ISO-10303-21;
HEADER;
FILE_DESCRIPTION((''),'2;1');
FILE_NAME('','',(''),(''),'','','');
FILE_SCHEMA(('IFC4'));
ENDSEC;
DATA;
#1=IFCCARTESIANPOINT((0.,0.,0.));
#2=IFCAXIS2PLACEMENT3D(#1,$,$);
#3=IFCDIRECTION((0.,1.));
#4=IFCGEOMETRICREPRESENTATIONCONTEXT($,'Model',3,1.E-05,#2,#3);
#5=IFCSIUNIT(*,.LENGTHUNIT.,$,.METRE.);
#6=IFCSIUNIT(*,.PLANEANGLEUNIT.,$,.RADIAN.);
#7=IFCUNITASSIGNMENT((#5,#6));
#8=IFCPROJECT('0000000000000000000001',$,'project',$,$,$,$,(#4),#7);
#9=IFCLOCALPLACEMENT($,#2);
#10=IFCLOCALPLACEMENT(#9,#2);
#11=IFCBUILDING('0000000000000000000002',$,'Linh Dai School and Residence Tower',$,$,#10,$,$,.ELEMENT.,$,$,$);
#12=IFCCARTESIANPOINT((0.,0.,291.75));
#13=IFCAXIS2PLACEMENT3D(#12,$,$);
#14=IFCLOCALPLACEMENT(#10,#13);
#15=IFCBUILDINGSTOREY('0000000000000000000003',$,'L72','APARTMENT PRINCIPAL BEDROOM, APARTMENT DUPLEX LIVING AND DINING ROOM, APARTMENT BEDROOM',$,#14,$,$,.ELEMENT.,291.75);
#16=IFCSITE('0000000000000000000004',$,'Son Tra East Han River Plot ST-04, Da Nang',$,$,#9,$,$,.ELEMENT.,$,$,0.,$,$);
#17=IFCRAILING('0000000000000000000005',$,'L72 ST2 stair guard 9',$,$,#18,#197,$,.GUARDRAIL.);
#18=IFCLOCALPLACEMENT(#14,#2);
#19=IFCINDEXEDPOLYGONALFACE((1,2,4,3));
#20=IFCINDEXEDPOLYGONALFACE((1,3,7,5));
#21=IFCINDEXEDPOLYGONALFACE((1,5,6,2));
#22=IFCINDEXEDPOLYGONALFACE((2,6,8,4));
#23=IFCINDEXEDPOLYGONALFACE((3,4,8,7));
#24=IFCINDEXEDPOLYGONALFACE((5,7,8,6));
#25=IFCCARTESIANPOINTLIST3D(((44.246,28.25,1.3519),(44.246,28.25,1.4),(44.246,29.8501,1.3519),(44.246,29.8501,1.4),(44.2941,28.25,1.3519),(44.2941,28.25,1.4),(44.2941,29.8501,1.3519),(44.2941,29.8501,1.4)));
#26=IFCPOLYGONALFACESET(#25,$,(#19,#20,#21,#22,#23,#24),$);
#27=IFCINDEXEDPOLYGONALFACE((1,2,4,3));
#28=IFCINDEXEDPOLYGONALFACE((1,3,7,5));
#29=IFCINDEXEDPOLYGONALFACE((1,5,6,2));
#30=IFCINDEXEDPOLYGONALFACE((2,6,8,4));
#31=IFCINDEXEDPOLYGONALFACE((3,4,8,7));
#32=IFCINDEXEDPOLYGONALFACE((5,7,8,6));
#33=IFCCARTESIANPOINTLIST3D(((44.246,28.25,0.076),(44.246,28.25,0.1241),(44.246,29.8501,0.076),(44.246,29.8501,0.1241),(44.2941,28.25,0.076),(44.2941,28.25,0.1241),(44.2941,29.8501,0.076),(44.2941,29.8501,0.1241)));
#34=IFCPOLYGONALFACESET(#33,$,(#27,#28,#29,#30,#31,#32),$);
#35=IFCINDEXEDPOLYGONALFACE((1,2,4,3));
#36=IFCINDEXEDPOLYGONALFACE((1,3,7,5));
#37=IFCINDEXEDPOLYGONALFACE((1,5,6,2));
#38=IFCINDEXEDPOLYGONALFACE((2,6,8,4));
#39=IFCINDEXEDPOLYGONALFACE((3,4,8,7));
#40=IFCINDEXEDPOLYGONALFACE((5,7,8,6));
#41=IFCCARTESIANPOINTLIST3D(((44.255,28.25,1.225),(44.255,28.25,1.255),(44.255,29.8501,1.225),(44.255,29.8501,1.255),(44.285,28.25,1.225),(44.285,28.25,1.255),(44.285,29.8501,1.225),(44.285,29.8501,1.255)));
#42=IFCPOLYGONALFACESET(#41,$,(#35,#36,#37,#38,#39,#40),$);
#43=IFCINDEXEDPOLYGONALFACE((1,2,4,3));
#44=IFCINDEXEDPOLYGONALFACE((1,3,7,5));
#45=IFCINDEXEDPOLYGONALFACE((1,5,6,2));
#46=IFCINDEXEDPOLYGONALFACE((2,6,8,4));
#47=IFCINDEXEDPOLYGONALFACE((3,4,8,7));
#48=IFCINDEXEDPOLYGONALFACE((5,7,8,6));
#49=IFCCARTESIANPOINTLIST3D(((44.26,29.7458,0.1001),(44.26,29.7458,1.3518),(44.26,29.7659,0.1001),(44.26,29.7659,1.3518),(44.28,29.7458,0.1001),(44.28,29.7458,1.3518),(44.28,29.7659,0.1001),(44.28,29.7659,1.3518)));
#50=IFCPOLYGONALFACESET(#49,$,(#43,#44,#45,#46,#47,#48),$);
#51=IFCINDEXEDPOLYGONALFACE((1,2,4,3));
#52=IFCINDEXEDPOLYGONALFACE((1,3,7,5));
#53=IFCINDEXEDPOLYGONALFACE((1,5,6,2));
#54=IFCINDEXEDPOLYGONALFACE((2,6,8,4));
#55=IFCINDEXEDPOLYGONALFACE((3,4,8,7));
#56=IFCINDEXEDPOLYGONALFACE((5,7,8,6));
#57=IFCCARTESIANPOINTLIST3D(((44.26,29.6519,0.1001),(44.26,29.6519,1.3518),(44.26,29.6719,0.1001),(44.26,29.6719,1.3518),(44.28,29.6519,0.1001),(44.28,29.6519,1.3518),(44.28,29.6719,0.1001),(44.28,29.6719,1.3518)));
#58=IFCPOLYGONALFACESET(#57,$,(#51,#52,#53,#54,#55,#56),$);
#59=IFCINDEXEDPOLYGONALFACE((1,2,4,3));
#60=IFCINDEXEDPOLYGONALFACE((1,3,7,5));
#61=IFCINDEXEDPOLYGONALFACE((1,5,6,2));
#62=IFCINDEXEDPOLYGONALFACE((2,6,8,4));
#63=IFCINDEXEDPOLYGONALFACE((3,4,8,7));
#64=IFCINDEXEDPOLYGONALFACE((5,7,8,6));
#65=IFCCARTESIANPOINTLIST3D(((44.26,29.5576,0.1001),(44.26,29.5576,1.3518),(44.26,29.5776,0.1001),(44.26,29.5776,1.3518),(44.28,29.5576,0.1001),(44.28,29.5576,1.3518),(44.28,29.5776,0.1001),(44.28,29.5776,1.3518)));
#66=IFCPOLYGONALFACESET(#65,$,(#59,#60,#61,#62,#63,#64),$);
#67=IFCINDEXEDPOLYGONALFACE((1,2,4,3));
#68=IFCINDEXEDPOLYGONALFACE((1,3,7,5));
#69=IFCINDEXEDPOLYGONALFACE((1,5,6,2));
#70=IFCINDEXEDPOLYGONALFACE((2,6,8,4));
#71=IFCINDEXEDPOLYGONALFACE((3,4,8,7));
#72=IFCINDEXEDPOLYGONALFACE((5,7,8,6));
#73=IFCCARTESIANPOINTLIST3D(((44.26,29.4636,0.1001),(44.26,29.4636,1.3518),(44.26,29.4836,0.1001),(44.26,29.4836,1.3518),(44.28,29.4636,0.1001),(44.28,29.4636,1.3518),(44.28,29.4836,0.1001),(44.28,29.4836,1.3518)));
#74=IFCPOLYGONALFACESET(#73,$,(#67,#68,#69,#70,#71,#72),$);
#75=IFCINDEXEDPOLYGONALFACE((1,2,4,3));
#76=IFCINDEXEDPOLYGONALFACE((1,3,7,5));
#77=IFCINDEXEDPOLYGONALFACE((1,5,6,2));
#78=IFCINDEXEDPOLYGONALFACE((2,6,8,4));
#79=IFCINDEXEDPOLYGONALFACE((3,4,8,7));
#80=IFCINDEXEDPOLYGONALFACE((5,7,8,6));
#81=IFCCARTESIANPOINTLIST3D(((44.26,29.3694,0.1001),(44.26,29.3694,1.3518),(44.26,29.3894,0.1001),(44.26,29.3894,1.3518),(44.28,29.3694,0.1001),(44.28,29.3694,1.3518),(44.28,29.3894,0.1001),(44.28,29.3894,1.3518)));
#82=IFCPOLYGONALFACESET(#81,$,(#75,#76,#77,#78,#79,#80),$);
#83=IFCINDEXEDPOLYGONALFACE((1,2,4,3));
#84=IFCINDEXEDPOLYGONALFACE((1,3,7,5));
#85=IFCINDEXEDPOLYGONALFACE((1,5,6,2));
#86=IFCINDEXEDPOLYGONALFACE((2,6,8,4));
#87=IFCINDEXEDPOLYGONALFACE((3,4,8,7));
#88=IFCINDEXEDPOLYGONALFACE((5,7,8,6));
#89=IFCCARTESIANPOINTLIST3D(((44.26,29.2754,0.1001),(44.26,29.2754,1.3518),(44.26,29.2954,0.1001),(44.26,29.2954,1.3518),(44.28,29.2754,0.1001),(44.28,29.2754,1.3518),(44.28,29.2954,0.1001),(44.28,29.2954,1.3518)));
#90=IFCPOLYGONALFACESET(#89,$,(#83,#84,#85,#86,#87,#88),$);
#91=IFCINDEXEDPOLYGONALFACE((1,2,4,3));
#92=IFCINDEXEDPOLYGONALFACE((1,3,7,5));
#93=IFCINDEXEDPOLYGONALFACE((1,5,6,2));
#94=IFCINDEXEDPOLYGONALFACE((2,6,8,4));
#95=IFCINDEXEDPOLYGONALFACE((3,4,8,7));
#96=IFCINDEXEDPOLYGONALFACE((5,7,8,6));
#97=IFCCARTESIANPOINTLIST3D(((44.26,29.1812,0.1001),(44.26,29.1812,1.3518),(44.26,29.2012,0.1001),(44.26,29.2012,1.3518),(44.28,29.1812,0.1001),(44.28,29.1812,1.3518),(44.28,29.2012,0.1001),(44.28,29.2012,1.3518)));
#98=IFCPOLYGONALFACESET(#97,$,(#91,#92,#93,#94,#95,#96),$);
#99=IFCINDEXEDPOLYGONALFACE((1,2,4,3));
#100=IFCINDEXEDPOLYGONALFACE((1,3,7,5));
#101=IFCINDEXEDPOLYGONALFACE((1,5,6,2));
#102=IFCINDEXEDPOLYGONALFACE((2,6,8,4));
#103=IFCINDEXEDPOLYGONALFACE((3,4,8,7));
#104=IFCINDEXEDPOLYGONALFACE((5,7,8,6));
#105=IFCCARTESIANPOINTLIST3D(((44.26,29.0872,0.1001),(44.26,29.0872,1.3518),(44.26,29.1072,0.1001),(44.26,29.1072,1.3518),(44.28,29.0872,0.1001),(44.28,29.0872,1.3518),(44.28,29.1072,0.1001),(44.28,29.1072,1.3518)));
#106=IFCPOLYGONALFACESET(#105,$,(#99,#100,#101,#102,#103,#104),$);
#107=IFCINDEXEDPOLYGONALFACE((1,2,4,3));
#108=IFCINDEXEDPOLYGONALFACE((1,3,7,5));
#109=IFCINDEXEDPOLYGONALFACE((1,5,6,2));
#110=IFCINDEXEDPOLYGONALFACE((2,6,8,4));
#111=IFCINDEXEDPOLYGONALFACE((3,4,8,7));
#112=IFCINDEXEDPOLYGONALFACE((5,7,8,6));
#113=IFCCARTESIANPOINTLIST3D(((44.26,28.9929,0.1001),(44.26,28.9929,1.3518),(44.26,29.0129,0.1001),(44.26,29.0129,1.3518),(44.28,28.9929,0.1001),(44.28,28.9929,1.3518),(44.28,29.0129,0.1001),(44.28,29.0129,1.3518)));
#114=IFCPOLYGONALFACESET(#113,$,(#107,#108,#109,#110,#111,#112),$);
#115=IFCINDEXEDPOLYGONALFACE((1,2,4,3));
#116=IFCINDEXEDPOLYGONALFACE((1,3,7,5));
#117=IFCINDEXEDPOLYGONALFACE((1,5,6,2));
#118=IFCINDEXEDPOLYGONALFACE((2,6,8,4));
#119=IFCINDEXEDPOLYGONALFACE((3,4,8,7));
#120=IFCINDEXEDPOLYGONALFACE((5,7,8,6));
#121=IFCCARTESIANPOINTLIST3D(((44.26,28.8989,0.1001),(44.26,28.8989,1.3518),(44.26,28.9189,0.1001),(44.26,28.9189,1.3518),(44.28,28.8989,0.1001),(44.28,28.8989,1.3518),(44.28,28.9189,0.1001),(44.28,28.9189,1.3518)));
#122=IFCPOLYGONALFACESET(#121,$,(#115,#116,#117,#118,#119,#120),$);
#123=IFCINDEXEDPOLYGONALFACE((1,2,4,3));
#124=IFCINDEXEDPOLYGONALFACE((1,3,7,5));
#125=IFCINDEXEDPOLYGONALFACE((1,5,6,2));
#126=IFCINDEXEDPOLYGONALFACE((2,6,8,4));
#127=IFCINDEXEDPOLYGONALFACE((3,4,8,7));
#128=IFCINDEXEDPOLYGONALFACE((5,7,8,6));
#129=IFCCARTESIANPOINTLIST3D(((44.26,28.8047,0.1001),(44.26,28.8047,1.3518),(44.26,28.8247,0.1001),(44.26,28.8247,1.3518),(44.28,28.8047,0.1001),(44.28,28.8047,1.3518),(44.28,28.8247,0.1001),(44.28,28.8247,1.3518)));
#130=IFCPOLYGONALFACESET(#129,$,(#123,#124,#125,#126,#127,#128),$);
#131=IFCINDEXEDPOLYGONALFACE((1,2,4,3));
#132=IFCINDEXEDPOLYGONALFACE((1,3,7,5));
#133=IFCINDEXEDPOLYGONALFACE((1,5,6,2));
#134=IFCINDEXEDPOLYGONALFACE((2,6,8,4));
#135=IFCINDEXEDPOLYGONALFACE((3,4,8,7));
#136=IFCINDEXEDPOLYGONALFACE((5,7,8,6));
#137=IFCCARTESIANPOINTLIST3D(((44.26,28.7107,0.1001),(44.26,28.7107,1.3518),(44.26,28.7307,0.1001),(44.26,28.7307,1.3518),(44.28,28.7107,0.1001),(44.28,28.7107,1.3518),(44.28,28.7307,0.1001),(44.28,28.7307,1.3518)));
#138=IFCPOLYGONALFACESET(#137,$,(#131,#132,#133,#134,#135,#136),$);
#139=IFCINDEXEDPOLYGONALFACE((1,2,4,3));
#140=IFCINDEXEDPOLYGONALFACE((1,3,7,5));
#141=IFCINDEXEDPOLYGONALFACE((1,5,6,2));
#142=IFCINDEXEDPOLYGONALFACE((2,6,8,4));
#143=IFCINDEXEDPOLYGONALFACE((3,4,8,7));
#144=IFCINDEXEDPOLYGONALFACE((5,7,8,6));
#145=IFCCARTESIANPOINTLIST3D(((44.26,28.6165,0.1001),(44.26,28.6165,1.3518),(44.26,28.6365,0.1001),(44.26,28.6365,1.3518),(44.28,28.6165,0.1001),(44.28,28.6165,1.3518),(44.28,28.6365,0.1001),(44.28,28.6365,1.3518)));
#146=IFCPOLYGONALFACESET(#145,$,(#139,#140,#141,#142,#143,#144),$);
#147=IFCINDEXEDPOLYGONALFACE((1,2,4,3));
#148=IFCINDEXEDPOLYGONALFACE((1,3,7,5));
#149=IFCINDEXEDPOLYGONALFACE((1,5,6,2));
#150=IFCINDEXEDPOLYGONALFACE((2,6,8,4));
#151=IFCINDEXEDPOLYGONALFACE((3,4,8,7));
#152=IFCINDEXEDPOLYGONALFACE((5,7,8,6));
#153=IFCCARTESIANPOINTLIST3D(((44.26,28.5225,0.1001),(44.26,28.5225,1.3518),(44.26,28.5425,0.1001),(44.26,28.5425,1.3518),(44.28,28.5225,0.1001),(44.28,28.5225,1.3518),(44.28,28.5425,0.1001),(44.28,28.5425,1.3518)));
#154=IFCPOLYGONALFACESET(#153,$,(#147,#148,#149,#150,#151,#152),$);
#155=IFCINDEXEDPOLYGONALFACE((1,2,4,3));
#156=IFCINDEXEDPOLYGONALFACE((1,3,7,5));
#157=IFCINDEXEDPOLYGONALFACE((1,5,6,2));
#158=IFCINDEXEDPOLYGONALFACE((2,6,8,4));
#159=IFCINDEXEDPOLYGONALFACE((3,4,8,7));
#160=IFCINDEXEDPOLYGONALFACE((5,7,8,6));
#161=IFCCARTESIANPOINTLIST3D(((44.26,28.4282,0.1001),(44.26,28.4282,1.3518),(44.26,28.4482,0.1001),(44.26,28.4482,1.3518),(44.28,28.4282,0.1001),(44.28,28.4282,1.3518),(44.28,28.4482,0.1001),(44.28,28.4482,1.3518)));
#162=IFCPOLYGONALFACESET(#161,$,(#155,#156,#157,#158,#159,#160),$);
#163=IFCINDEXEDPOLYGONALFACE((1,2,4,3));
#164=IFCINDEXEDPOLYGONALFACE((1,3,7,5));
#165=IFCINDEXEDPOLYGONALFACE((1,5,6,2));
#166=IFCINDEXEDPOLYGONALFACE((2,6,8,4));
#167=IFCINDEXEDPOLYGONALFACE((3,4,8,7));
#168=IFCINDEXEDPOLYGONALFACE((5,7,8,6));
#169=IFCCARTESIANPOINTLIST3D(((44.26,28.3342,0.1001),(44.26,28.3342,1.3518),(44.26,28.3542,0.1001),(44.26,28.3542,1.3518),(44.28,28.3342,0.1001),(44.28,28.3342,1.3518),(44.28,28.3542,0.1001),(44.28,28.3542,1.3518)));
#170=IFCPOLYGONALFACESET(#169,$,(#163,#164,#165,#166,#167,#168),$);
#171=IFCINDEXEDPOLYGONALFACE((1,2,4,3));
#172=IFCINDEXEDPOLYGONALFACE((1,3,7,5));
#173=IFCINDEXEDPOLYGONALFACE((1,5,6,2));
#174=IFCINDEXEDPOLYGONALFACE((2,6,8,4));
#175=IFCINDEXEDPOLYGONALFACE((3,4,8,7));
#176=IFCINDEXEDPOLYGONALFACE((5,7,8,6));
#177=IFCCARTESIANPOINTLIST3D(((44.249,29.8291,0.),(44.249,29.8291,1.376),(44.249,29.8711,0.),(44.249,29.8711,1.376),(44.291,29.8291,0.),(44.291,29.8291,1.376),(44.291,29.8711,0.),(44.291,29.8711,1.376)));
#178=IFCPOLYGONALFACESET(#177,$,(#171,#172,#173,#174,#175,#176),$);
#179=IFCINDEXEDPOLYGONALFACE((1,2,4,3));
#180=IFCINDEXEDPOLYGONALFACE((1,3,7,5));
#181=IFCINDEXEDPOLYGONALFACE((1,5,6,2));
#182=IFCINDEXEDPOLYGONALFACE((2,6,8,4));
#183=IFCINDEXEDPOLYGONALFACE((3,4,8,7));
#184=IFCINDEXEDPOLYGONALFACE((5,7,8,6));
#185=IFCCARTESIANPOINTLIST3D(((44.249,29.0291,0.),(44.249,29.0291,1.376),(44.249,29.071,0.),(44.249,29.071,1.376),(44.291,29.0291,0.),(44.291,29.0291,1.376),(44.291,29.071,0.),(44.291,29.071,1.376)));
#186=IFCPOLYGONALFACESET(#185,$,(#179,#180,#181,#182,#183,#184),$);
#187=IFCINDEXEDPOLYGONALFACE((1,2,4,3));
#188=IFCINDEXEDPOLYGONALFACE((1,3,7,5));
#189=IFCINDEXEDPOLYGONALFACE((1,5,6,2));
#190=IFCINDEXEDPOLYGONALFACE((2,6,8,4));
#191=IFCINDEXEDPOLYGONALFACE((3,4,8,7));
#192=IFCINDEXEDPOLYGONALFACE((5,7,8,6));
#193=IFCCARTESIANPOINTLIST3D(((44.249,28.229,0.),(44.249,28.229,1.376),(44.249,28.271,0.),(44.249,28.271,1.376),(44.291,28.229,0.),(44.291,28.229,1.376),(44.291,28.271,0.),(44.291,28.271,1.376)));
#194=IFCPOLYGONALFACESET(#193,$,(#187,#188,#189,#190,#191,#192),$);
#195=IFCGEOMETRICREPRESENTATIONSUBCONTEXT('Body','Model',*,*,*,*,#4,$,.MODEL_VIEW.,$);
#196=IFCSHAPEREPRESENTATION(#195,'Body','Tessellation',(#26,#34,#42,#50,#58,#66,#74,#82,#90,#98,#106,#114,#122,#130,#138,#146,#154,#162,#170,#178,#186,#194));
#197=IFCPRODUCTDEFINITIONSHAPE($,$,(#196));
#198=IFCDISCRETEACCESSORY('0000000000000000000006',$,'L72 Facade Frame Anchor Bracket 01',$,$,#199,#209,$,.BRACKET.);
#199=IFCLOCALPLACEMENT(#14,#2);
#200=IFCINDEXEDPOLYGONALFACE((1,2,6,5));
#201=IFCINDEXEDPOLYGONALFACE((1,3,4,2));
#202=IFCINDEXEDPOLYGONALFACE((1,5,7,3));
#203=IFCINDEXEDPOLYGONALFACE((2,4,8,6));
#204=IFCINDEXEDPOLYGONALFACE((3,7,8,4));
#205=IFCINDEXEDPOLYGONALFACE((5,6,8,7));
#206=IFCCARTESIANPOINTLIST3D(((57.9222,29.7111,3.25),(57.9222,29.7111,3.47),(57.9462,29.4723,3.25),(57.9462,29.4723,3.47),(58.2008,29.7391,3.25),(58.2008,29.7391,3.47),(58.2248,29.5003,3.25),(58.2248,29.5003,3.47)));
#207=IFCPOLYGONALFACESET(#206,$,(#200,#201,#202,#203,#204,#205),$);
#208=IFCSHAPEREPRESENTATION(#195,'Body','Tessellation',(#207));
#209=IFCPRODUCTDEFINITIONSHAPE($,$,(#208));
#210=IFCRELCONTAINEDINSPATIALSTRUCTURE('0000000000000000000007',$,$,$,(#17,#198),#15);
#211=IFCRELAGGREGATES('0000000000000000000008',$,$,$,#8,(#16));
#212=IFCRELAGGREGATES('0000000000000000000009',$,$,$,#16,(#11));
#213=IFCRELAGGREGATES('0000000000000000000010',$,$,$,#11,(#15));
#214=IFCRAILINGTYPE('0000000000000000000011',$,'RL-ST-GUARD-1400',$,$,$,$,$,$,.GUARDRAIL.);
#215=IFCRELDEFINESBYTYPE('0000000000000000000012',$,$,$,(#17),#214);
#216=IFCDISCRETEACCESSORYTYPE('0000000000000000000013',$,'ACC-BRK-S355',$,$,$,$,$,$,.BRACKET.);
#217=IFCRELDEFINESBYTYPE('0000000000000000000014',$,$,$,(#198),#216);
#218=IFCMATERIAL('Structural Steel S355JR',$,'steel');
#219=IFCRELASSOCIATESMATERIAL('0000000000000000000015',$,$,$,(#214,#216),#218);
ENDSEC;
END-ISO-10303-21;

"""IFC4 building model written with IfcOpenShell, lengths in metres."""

from ifc_helpers import new_model, si_unit, direction, frame, origin, origin_2d, place, context, subcontext, project, spatial, rectangle, extrude, source, transform, mapped, material, type_object, element, save


model = new_model("IFC4")

# Units and contexts
model_context = context("Model", 3, precision=1e-05, world=origin(), true_north=direction((0.0, 1.0)))
body_context = subcontext(model_context, "Body", "Model", "MODEL_VIEW")
ifc_project = project(units=[si_unit("LENGTHUNIT", "METRE"), si_unit("PLANEANGLEUNIT", "RADIAN")], contexts=[model_context])

# Site, building, storey
site_placement = place(None, origin())
site = spatial("IfcSite", under=ifc_project, at=site_placement, Name="Son Tra East Han River Plot ST-04, Da Nang", CompositionType="ELEMENT", RefElevation=0.0)
building_placement = place(site_placement, origin())
building = spatial("IfcBuilding", under=site, at=building_placement, Name="Linh Dai School and Residence Tower", CompositionType="ELEMENT")
storey_placement = place(building_placement, frame((0.0, 0.0, 291.75)))
storey = spatial("IfcBuildingStorey", under=building, at=storey_placement, Name="L72", Description="APARTMENT PRINCIPAL BEDROOM, APARTMENT DUPLEX LIVING AND DINING ROOM, APARTMENT BEDROOM", CompositionType="ELEMENT", Elevation=291.75)

# Shared definitions
ifc_material_1 = material(Name="Structural Steel S355JR", Category="steel")

# Railing
railing_type = type_object("IfcRailingType", Name="RL-ST-GUARD-1400", PredefinedType="GUARDRAIL", material=ifc_material_1)
shared_shape_1 = source(origin(), body_context, "Body", "SweptSolid", [
    extrude(rectangle(XDim=0.0481, YDim=0.0481, at=origin_2d()), frame((0.0, 0.0, 1.376), z_axis=(0.0, -1.0, 0.0), x_axis=(1.0, 0.0, 0.0)), (0.0, 0.0, 1.0), 1.6001),
    extrude(rectangle(XDim=0.0481, YDim=0.0481, at=origin_2d()), frame((0.0, 0.0, 0.1001), z_axis=(0.0, -1.0, 0.0), x_axis=(1.0, 0.0, 0.0)), (0.0, 0.0, 1.0), 1.6001),
    extrude(rectangle(XDim=0.03, YDim=0.03, at=origin_2d()), frame((0.0, 0.0, 1.24), z_axis=(0.0, -1.0, 0.0), x_axis=(1.0, 0.0, 0.0)), (0.0, 0.0, 1.0), 1.6001),
    extrude(rectangle(XDim=0.02, YDim=0.02, at=origin_2d()), frame((0.0, -0.0942, 0.1001)), (0.0, 0.0, 1.0), 1.2517),
    extrude(rectangle(XDim=0.02, YDim=0.02, at=origin_2d()), frame((0.0, -0.1882, 0.1001)), (0.0, 0.0, 1.0), 1.2517),
    extrude(rectangle(XDim=0.02, YDim=0.02, at=origin_2d()), frame((0.0, -0.2825, 0.1001)), (0.0, 0.0, 1.0), 1.2517),
    extrude(rectangle(XDim=0.02, YDim=0.02, at=origin_2d()), frame((0.0, -0.3765, 0.1001)), (0.0, 0.0, 1.0), 1.2517),
    extrude(rectangle(XDim=0.02, YDim=0.02, at=origin_2d()), frame((0.0, -0.4707, 0.1001)), (0.0, 0.0, 1.0), 1.2517),
    extrude(rectangle(XDim=0.02, YDim=0.02, at=origin_2d()), frame((0.0, -0.5647, 0.1001)), (0.0, 0.0, 1.0), 1.2517),
    extrude(rectangle(XDim=0.02, YDim=0.02, at=origin_2d()), frame((0.0, -0.6589, 0.1001)), (0.0, 0.0, 1.0), 1.2517),
    extrude(rectangle(XDim=0.02, YDim=0.02, at=origin_2d()), frame((0.0, -0.7529, 0.1001)), (0.0, 0.0, 1.0), 1.2517),
    extrude(rectangle(XDim=0.02, YDim=0.02, at=origin_2d()), frame((0.0, -0.8472, 0.1001)), (0.0, 0.0, 1.0), 1.2517),
    extrude(rectangle(XDim=0.02, YDim=0.02, at=origin_2d()), frame((0.0, -0.9412, 0.1001)), (0.0, 0.0, 1.0), 1.2517),
    extrude(rectangle(XDim=0.02, YDim=0.02, at=origin_2d()), frame((0.0, -1.0354, 0.1001)), (0.0, 0.0, 1.0), 1.2517),
    extrude(rectangle(XDim=0.02, YDim=0.02, at=origin_2d()), frame((0.0, -1.1294, 0.1001)), (0.0, 0.0, 1.0), 1.2517),
    extrude(rectangle(XDim=0.02, YDim=0.02, at=origin_2d()), frame((0.0, -1.2236, 0.1001)), (0.0, 0.0, 1.0), 1.2517),
    extrude(rectangle(XDim=0.02, YDim=0.02, at=origin_2d()), frame((0.0, -1.3176, 0.1001)), (0.0, 0.0, 1.0), 1.2517),
    extrude(rectangle(XDim=0.02, YDim=0.02, at=origin_2d()), frame((0.0, -1.4119, 0.1001)), (0.0, 0.0, 1.0), 1.2517),
    extrude(rectangle(XDim=0.02, YDim=0.02, at=origin_2d()), frame((0.0, -1.5059, 0.1001)), (0.0, 0.0, 1.0), 1.2517),
    extrude(rectangle(XDim=0.042, YDim=0.042, at=origin_2d()), origin(), (0.0, 0.0, 1.0), 1.376),
    extrude(rectangle(XDim=0.042, YDim=0.042, at=origin_2d()), frame((0.0, -0.8, 0.0)), (0.0, 0.0, 1.0), 1.376),
    extrude(rectangle(XDim=0.042, YDim=0.042, at=origin_2d()), frame((0.0, -1.6001, 0.0)), (0.0, 0.0, 1.0), 1.376),
])
railing_1_placement = place(storey_placement, frame((44.27, 29.8501, 0.0)))
element("IfcRailing", 1, at=railing_1_placement, inside=storey, type_object=railing_type, Name="L72 ST2 stair guard 9", PredefinedType="GUARDRAIL", context=body_context, shape_type="MappedRepresentation", body=[
    mapped(shared_shape_1, transform((0.0, 0.0, 0.0), x_axis=(1.0, 0.0, 0.0), y_axis=(0.0, 1.0, 0.0), z_axis=(0.0, 0.0, 1.0), scale=1.0)),
])

# Discrete accessory
discrete_accessory_type = type_object("IfcDiscreteAccessoryType", Name="ACC-BRK-S355", PredefinedType="BRACKET", material=ifc_material_1)
shared_shape_2 = source(origin(), body_context, "Body", "SweptSolid", [
    extrude(rectangle(XDim=0.28, YDim=0.24, at=origin_2d()), origin(), (0.0, 0.0, 1.0), 0.22),
])
discrete_accessory_placement = place(storey_placement, frame((58.0735, 29.6057, 3.25), z_axis=(0.0, 0.0, 1.0), x_axis=(0.994987, 0.100008, 0.0)))
element("IfcDiscreteAccessory", 2, at=discrete_accessory_placement, inside=storey, type_object=discrete_accessory_type, Name="L72 Facade Frame Anchor Bracket 01", PredefinedType="BRACKET", context=body_context, shape_type="MappedRepresentation", body=[
    mapped(shared_shape_2, transform((0.0, 0.0, 0.0), x_axis=(1.0, 0.0, 0.0), y_axis=(0.0, 1.0, 0.0), z_axis=(0.0, 0.0, 1.0), scale=1.0)),
])

save(model, "model.ifc")
